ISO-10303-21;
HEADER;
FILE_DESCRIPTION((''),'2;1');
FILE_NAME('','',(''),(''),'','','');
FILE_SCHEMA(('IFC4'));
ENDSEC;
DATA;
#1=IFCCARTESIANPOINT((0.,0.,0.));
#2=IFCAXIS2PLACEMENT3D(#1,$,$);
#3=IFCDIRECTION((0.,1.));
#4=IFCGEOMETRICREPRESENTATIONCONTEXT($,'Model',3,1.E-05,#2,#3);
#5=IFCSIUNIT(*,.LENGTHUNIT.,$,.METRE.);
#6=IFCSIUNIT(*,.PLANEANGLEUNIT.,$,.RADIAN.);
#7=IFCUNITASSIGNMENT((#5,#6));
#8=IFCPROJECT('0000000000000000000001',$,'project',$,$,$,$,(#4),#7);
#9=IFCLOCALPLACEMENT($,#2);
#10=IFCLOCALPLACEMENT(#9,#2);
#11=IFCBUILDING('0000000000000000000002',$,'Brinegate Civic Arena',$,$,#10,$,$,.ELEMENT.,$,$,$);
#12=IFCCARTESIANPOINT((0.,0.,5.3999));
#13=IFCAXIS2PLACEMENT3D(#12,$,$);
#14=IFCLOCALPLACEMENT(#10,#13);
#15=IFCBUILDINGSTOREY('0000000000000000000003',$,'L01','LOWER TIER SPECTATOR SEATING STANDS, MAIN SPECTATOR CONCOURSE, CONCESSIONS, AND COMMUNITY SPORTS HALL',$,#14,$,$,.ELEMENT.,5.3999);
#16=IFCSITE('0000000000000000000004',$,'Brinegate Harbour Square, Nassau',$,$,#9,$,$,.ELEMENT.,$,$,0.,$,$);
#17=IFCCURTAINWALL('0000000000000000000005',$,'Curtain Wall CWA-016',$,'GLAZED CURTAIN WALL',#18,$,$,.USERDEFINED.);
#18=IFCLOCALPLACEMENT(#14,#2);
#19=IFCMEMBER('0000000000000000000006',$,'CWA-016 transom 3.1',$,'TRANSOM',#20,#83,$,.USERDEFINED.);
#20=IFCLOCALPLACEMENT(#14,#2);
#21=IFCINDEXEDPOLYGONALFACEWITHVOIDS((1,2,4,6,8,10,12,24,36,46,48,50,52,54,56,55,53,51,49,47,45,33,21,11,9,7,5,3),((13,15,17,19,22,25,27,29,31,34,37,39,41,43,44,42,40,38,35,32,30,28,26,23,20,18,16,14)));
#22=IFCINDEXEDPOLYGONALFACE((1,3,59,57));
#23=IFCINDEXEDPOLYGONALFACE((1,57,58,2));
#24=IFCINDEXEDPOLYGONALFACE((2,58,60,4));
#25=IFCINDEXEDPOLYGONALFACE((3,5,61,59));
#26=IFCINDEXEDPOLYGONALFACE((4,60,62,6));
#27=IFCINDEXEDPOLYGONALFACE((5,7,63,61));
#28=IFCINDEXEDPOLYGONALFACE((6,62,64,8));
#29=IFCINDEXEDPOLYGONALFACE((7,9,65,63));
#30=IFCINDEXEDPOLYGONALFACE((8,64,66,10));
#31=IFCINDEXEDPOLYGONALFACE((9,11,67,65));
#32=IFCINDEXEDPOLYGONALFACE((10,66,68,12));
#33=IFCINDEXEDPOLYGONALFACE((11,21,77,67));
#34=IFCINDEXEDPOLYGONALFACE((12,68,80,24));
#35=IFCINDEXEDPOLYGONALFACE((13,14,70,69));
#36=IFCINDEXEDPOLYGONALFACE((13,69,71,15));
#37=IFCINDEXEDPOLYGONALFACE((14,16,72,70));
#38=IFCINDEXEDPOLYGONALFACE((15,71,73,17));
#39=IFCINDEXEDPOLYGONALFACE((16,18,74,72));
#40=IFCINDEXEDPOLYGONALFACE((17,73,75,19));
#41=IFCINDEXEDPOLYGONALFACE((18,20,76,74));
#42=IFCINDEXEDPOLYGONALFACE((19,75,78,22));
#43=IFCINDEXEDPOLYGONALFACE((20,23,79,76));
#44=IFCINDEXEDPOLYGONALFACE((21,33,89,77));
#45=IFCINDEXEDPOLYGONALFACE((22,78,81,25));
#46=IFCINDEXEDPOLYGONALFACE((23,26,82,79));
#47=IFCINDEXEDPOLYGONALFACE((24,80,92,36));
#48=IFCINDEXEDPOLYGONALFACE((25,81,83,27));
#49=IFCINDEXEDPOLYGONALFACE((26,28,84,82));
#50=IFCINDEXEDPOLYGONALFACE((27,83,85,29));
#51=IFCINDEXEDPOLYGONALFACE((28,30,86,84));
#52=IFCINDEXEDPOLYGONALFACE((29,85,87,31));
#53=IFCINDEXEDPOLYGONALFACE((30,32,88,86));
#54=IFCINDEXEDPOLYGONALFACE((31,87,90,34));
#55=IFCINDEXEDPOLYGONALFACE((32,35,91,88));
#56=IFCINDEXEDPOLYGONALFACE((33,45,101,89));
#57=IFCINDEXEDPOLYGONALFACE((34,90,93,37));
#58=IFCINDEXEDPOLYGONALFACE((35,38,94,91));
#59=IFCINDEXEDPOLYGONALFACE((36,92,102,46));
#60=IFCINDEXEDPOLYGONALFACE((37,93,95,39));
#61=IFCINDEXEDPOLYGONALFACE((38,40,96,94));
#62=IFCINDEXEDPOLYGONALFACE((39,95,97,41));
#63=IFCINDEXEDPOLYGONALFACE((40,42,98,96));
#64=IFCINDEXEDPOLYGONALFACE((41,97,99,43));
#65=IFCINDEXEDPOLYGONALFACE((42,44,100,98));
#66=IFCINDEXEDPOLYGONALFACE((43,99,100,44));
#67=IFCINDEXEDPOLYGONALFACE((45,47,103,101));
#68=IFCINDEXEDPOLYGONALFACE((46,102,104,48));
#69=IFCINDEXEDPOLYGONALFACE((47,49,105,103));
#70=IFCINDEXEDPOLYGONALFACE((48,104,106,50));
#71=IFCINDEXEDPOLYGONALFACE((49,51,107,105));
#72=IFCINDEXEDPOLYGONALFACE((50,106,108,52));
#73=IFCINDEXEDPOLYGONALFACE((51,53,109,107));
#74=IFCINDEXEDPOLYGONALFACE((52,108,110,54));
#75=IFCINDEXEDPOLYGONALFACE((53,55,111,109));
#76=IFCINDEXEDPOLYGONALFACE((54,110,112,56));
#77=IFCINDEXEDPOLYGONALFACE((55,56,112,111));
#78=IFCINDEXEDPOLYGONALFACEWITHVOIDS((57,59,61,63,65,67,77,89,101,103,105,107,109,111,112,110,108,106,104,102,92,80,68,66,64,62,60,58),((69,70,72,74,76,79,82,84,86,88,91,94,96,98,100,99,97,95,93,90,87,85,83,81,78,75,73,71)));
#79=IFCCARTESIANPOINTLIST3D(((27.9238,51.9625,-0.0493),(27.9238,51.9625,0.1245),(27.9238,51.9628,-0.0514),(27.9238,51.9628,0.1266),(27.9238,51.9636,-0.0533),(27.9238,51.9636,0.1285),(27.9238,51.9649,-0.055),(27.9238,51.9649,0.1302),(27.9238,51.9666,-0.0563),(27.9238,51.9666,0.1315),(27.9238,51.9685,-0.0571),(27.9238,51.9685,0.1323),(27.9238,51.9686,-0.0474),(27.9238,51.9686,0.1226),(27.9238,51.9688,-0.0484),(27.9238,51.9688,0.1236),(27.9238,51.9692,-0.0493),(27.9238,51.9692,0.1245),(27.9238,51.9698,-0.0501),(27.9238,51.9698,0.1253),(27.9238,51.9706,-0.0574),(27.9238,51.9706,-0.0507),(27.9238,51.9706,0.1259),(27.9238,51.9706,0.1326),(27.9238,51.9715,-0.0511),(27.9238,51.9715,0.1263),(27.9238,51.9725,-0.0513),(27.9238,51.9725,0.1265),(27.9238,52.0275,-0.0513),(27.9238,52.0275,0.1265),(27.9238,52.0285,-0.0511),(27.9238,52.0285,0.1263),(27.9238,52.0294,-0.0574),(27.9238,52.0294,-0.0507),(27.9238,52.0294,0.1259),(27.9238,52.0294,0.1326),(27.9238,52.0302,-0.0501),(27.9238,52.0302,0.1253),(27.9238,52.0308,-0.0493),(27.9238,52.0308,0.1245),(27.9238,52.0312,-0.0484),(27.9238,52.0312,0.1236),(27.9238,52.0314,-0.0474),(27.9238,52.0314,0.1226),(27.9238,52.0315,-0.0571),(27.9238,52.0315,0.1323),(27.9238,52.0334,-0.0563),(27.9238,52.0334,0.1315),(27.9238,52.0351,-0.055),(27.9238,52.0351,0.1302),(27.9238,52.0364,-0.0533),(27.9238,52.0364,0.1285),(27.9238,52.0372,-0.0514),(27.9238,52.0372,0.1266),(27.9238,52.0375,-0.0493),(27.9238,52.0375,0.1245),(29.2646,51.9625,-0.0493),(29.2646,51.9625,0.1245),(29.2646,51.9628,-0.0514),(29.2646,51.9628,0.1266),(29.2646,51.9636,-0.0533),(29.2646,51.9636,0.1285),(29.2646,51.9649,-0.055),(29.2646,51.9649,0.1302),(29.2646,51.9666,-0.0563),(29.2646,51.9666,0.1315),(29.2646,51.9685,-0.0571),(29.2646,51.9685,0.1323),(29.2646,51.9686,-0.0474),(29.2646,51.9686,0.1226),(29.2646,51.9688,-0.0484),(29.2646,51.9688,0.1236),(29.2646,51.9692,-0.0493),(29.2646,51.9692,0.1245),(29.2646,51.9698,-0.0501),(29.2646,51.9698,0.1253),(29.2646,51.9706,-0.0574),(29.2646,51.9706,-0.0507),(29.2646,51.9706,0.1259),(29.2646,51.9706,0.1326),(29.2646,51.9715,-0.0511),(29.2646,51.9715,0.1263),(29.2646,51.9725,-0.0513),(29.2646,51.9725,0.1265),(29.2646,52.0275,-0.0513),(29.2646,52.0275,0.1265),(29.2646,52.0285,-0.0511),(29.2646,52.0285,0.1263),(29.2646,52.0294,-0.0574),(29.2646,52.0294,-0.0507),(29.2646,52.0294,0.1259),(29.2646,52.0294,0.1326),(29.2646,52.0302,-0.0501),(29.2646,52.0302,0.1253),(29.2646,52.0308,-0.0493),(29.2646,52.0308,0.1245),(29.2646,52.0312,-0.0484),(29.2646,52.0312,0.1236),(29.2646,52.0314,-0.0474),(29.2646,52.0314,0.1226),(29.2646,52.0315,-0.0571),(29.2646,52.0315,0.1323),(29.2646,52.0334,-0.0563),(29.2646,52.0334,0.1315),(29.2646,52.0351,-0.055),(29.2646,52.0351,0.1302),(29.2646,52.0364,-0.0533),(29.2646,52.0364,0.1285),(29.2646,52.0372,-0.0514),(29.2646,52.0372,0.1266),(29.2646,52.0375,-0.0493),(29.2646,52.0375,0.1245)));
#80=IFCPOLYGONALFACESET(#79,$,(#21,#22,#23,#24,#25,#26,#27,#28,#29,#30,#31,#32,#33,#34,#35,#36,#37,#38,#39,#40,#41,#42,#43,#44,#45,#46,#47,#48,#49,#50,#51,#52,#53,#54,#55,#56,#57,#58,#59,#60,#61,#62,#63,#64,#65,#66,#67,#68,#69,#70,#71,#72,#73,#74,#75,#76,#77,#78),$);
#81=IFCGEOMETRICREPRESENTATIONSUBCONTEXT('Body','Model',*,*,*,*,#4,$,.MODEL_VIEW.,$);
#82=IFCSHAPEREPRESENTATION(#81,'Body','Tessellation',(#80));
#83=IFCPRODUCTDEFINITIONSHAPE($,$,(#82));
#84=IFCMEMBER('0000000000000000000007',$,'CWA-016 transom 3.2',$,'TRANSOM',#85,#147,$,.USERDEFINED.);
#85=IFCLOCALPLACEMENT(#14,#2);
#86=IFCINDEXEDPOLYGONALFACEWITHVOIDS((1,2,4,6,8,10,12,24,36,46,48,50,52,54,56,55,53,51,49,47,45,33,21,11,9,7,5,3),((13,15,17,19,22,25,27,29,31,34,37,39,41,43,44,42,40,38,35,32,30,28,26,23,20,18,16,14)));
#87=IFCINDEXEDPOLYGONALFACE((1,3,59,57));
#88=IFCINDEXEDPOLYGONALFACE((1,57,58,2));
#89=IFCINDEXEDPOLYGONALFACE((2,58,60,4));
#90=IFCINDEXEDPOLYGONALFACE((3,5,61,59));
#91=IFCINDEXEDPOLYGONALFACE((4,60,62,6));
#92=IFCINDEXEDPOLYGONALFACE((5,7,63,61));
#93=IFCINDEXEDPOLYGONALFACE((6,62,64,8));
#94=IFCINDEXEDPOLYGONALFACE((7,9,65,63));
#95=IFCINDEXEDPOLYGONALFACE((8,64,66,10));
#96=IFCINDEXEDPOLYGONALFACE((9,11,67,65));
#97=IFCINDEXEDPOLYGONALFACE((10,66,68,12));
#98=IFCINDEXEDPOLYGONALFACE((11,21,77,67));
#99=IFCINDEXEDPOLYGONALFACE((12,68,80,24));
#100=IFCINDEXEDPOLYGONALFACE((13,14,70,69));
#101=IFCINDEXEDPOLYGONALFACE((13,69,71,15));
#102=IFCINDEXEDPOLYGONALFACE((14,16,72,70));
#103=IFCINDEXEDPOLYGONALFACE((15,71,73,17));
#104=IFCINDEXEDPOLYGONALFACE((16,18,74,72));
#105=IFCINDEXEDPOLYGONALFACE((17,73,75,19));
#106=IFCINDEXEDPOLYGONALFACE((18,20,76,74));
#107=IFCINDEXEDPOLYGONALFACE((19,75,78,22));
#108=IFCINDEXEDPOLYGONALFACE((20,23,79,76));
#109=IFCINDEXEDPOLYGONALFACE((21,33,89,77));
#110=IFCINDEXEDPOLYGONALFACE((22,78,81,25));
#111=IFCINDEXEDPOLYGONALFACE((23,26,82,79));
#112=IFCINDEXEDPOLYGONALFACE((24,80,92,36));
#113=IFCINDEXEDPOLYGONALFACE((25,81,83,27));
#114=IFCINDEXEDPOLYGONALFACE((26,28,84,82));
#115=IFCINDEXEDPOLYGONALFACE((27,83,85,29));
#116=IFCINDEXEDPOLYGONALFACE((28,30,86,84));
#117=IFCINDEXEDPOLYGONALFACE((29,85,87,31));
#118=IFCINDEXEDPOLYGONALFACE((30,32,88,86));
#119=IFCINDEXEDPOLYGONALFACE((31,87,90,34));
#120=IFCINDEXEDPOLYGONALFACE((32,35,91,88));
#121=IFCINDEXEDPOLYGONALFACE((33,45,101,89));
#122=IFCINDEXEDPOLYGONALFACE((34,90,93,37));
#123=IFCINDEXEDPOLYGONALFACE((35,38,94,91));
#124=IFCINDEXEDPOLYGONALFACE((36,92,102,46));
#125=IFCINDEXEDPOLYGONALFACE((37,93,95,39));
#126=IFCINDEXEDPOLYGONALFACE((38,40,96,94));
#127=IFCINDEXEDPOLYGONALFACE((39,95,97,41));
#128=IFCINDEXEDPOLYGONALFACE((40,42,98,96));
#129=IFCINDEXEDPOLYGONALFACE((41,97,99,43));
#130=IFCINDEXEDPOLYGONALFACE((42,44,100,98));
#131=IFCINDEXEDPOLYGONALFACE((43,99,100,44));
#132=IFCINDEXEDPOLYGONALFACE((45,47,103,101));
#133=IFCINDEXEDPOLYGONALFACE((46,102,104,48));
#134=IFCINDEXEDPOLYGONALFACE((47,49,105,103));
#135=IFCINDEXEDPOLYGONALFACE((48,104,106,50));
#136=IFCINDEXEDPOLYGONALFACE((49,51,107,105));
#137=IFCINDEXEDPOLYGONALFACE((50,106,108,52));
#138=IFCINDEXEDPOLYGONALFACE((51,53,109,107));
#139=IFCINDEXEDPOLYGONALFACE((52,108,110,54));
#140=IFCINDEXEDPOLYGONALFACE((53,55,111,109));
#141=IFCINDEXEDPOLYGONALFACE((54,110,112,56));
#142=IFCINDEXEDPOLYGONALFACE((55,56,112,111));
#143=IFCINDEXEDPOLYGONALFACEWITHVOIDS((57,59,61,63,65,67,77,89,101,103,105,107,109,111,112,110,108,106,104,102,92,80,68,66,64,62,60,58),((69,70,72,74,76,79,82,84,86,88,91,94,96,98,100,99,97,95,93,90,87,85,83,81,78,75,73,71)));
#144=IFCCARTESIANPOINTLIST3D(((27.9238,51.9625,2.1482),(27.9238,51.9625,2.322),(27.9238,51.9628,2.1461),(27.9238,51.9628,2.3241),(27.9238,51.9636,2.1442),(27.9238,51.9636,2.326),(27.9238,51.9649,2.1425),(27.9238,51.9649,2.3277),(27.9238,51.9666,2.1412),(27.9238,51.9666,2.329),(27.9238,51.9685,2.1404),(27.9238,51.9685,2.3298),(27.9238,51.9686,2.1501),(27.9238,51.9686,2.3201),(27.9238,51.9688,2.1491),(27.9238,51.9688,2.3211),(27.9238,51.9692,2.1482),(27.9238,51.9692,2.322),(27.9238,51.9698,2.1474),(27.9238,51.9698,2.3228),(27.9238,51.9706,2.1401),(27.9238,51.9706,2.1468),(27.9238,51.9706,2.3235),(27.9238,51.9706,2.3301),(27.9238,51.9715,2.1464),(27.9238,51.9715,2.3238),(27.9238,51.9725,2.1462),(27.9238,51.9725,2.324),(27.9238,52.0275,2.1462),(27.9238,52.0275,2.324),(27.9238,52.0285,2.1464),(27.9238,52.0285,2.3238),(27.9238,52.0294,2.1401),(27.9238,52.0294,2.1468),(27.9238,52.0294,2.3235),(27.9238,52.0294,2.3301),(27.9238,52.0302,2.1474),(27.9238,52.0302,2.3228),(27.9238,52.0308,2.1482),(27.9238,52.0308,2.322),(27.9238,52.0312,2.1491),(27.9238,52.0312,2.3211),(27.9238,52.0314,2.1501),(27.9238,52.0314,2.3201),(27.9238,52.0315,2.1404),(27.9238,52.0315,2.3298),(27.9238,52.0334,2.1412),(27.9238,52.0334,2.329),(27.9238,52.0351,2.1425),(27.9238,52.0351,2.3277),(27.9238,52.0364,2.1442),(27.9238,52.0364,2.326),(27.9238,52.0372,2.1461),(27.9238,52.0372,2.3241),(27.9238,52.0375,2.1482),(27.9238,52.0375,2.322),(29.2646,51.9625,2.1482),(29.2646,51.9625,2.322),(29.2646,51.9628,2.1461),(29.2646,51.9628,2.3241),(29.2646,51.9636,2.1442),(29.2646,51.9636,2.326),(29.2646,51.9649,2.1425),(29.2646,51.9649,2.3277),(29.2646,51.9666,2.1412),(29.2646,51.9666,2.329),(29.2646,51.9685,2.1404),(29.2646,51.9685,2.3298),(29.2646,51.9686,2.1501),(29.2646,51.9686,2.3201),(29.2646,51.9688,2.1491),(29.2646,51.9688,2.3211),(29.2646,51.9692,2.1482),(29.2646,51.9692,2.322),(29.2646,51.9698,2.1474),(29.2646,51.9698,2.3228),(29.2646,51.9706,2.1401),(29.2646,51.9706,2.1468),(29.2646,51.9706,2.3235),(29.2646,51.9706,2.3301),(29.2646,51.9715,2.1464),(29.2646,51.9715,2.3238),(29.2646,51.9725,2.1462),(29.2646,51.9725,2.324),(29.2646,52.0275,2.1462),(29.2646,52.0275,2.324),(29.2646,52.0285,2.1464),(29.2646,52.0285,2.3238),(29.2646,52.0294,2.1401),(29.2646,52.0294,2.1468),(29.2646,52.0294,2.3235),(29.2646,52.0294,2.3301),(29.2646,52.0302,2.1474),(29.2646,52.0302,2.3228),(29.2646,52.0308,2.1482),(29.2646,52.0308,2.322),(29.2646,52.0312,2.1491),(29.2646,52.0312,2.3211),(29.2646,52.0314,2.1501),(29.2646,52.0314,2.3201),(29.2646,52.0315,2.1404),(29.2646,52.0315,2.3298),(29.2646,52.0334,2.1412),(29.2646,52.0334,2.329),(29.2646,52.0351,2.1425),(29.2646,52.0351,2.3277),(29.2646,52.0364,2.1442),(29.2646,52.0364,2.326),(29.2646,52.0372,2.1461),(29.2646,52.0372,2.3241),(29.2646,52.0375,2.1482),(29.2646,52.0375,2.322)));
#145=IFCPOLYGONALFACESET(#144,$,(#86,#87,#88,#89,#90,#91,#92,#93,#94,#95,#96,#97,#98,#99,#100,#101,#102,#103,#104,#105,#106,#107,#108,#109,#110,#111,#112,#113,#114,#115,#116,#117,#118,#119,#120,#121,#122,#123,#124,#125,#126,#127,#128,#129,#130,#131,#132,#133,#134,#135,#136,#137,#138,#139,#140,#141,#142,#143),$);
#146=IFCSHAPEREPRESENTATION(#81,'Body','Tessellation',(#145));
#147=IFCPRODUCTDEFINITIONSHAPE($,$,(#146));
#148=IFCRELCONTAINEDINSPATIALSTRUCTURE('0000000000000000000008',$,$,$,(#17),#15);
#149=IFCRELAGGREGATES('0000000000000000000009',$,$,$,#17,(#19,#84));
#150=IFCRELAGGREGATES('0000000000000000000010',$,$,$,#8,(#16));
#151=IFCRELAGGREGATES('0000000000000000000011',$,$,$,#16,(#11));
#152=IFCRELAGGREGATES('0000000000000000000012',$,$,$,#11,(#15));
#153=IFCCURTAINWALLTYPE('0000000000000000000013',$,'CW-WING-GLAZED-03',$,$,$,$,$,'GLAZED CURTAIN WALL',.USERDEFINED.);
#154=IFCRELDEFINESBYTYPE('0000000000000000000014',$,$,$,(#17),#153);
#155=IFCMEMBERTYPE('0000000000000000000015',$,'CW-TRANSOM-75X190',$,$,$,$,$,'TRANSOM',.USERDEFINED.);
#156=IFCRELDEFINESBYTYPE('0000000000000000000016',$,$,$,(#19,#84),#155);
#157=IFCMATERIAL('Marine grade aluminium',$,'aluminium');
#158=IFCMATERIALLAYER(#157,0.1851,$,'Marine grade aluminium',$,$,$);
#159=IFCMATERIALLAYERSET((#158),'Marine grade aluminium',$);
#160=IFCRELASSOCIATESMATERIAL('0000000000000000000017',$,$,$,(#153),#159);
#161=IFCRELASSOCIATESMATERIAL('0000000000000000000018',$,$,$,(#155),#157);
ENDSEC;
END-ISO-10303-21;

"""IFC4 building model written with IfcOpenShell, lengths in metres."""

from ifc_helpers import new_model, si_unit, direction, frame, origin, origin_2d, place, context, subcontext, project, spatial, hollow_rectangle, extrude, material, layer, layer_set, material_profile, profile_set, type_object, element, aggregate, save


model = new_model("IFC4")

# Units and contexts
model_context = context("Model", 3, precision=1e-05, world=origin(), true_north=direction((0.0, 1.0)))
body_context = subcontext(model_context, "Body", "Model", "MODEL_VIEW")
ifc_project = project(units=[si_unit("LENGTHUNIT", "METRE"), si_unit("PLANEANGLEUNIT", "RADIAN")], contexts=[model_context])

# Site, building, storey
site_placement = place(None, origin())
site = spatial("IfcSite", under=ifc_project, at=site_placement, Name="Brinegate Harbour Square, Nassau", CompositionType="ELEMENT", RefElevation=0.0)
building_placement = place(site_placement, origin())
building = spatial("IfcBuilding", under=site, at=building_placement, Name="Brinegate Civic Arena", CompositionType="ELEMENT")
storey_placement = place(building_placement, frame((0.0, 0.0, 5.3999)))
storey = spatial("IfcBuildingStorey", under=building, at=storey_placement, Name="L01", Description="LOWER TIER SPECTATOR SEATING STANDS, MAIN SPECTATOR CONCOURSE, CONCESSIONS, AND COMMUNITY SPORTS HALL", CompositionType="ELEMENT", Elevation=5.3999)

# Shared definitions
ifc_material_1 = material(Name="Marine grade aluminium", Category="aluminium")

# Curtain wall
ifc_layer_1 = layer(ifc_material_1, 0.1851, Name="Marine grade aluminium")
ifc_layer_set_1 = layer_set([ifc_layer_1], Name="Marine grade aluminium")
curtain_wall_type_1 = type_object("IfcCurtainWallType", Name="CW-WING-GLAZED-03", ElementType="GLAZED CURTAIN WALL", PredefinedType="USERDEFINED", material=ifc_layer_set_1)
curtain_wall_1_placement = place(storey_placement, origin())
curtain_wall_1 = element("IfcCurtainWall", 1, at=curtain_wall_1_placement, inside=storey, type_object=curtain_wall_type_1, Name="Curtain Wall CWA-016", ObjectType="GLAZED CURTAIN WALL", PredefinedType="USERDEFINED")

# Members
ifc_material_profile_1 = material_profile(ifc_material_1, hollow_rectangle(XDim=0.075, YDim=0.1899, WallThickness=0.0061, InnerFilletRadius=0.0039, OuterFilletRadius=0.0081, at=origin_2d()), Name="TRN75X190")
ifc_profile_set_1 = profile_set([ifc_material_profile_1], Name="Marine grade aluminium")
member_type_1 = type_object("IfcMemberType", Name="CW-TRANSOM-75X190", ElementType="TRANSOM", PredefinedType="USERDEFINED", material=ifc_profile_set_1)
member_1_placement = place(storey_placement, frame((27.9238, 52.0, 0.0376), z_axis=(1.0, 0.0, 0.0), x_axis=(0.0, 1.0, 0.0)))
member_1 = element("IfcMember", 2, at=member_1_placement, type_object=member_type_1, Name="CWA-016 transom 3.1", ObjectType="TRANSOM", PredefinedType="USERDEFINED", context=body_context, shape_type="SweptSolid", body=[
    extrude(hollow_rectangle(XDim=0.075, YDim=0.1899, WallThickness=0.0061, InnerFilletRadius=0.0039, OuterFilletRadius=0.0081, at=origin_2d()), origin(), (0.0, 0.0, 1.0), 1.3408),
])
member_2_placement = place(storey_placement, frame((27.9238, 52.0, 2.2351), z_axis=(1.0, 0.0, 0.0), x_axis=(0.0, 1.0, 0.0)))
member_2 = element("IfcMember", 3, at=member_2_placement, type_object=member_type_1, Name="CWA-016 transom 3.2", ObjectType="TRANSOM", PredefinedType="USERDEFINED", context=body_context, shape_type="SweptSolid", body=[
    extrude(hollow_rectangle(XDim=0.075, YDim=0.1899, WallThickness=0.0061, InnerFilletRadius=0.0039, OuterFilletRadius=0.0081, at=origin_2d()), origin(), (0.0, 0.0, 1.0), 1.3408),
])

aggregate(curtain_wall_1, [member_1, member_2])

save(model, "model.ifc")
